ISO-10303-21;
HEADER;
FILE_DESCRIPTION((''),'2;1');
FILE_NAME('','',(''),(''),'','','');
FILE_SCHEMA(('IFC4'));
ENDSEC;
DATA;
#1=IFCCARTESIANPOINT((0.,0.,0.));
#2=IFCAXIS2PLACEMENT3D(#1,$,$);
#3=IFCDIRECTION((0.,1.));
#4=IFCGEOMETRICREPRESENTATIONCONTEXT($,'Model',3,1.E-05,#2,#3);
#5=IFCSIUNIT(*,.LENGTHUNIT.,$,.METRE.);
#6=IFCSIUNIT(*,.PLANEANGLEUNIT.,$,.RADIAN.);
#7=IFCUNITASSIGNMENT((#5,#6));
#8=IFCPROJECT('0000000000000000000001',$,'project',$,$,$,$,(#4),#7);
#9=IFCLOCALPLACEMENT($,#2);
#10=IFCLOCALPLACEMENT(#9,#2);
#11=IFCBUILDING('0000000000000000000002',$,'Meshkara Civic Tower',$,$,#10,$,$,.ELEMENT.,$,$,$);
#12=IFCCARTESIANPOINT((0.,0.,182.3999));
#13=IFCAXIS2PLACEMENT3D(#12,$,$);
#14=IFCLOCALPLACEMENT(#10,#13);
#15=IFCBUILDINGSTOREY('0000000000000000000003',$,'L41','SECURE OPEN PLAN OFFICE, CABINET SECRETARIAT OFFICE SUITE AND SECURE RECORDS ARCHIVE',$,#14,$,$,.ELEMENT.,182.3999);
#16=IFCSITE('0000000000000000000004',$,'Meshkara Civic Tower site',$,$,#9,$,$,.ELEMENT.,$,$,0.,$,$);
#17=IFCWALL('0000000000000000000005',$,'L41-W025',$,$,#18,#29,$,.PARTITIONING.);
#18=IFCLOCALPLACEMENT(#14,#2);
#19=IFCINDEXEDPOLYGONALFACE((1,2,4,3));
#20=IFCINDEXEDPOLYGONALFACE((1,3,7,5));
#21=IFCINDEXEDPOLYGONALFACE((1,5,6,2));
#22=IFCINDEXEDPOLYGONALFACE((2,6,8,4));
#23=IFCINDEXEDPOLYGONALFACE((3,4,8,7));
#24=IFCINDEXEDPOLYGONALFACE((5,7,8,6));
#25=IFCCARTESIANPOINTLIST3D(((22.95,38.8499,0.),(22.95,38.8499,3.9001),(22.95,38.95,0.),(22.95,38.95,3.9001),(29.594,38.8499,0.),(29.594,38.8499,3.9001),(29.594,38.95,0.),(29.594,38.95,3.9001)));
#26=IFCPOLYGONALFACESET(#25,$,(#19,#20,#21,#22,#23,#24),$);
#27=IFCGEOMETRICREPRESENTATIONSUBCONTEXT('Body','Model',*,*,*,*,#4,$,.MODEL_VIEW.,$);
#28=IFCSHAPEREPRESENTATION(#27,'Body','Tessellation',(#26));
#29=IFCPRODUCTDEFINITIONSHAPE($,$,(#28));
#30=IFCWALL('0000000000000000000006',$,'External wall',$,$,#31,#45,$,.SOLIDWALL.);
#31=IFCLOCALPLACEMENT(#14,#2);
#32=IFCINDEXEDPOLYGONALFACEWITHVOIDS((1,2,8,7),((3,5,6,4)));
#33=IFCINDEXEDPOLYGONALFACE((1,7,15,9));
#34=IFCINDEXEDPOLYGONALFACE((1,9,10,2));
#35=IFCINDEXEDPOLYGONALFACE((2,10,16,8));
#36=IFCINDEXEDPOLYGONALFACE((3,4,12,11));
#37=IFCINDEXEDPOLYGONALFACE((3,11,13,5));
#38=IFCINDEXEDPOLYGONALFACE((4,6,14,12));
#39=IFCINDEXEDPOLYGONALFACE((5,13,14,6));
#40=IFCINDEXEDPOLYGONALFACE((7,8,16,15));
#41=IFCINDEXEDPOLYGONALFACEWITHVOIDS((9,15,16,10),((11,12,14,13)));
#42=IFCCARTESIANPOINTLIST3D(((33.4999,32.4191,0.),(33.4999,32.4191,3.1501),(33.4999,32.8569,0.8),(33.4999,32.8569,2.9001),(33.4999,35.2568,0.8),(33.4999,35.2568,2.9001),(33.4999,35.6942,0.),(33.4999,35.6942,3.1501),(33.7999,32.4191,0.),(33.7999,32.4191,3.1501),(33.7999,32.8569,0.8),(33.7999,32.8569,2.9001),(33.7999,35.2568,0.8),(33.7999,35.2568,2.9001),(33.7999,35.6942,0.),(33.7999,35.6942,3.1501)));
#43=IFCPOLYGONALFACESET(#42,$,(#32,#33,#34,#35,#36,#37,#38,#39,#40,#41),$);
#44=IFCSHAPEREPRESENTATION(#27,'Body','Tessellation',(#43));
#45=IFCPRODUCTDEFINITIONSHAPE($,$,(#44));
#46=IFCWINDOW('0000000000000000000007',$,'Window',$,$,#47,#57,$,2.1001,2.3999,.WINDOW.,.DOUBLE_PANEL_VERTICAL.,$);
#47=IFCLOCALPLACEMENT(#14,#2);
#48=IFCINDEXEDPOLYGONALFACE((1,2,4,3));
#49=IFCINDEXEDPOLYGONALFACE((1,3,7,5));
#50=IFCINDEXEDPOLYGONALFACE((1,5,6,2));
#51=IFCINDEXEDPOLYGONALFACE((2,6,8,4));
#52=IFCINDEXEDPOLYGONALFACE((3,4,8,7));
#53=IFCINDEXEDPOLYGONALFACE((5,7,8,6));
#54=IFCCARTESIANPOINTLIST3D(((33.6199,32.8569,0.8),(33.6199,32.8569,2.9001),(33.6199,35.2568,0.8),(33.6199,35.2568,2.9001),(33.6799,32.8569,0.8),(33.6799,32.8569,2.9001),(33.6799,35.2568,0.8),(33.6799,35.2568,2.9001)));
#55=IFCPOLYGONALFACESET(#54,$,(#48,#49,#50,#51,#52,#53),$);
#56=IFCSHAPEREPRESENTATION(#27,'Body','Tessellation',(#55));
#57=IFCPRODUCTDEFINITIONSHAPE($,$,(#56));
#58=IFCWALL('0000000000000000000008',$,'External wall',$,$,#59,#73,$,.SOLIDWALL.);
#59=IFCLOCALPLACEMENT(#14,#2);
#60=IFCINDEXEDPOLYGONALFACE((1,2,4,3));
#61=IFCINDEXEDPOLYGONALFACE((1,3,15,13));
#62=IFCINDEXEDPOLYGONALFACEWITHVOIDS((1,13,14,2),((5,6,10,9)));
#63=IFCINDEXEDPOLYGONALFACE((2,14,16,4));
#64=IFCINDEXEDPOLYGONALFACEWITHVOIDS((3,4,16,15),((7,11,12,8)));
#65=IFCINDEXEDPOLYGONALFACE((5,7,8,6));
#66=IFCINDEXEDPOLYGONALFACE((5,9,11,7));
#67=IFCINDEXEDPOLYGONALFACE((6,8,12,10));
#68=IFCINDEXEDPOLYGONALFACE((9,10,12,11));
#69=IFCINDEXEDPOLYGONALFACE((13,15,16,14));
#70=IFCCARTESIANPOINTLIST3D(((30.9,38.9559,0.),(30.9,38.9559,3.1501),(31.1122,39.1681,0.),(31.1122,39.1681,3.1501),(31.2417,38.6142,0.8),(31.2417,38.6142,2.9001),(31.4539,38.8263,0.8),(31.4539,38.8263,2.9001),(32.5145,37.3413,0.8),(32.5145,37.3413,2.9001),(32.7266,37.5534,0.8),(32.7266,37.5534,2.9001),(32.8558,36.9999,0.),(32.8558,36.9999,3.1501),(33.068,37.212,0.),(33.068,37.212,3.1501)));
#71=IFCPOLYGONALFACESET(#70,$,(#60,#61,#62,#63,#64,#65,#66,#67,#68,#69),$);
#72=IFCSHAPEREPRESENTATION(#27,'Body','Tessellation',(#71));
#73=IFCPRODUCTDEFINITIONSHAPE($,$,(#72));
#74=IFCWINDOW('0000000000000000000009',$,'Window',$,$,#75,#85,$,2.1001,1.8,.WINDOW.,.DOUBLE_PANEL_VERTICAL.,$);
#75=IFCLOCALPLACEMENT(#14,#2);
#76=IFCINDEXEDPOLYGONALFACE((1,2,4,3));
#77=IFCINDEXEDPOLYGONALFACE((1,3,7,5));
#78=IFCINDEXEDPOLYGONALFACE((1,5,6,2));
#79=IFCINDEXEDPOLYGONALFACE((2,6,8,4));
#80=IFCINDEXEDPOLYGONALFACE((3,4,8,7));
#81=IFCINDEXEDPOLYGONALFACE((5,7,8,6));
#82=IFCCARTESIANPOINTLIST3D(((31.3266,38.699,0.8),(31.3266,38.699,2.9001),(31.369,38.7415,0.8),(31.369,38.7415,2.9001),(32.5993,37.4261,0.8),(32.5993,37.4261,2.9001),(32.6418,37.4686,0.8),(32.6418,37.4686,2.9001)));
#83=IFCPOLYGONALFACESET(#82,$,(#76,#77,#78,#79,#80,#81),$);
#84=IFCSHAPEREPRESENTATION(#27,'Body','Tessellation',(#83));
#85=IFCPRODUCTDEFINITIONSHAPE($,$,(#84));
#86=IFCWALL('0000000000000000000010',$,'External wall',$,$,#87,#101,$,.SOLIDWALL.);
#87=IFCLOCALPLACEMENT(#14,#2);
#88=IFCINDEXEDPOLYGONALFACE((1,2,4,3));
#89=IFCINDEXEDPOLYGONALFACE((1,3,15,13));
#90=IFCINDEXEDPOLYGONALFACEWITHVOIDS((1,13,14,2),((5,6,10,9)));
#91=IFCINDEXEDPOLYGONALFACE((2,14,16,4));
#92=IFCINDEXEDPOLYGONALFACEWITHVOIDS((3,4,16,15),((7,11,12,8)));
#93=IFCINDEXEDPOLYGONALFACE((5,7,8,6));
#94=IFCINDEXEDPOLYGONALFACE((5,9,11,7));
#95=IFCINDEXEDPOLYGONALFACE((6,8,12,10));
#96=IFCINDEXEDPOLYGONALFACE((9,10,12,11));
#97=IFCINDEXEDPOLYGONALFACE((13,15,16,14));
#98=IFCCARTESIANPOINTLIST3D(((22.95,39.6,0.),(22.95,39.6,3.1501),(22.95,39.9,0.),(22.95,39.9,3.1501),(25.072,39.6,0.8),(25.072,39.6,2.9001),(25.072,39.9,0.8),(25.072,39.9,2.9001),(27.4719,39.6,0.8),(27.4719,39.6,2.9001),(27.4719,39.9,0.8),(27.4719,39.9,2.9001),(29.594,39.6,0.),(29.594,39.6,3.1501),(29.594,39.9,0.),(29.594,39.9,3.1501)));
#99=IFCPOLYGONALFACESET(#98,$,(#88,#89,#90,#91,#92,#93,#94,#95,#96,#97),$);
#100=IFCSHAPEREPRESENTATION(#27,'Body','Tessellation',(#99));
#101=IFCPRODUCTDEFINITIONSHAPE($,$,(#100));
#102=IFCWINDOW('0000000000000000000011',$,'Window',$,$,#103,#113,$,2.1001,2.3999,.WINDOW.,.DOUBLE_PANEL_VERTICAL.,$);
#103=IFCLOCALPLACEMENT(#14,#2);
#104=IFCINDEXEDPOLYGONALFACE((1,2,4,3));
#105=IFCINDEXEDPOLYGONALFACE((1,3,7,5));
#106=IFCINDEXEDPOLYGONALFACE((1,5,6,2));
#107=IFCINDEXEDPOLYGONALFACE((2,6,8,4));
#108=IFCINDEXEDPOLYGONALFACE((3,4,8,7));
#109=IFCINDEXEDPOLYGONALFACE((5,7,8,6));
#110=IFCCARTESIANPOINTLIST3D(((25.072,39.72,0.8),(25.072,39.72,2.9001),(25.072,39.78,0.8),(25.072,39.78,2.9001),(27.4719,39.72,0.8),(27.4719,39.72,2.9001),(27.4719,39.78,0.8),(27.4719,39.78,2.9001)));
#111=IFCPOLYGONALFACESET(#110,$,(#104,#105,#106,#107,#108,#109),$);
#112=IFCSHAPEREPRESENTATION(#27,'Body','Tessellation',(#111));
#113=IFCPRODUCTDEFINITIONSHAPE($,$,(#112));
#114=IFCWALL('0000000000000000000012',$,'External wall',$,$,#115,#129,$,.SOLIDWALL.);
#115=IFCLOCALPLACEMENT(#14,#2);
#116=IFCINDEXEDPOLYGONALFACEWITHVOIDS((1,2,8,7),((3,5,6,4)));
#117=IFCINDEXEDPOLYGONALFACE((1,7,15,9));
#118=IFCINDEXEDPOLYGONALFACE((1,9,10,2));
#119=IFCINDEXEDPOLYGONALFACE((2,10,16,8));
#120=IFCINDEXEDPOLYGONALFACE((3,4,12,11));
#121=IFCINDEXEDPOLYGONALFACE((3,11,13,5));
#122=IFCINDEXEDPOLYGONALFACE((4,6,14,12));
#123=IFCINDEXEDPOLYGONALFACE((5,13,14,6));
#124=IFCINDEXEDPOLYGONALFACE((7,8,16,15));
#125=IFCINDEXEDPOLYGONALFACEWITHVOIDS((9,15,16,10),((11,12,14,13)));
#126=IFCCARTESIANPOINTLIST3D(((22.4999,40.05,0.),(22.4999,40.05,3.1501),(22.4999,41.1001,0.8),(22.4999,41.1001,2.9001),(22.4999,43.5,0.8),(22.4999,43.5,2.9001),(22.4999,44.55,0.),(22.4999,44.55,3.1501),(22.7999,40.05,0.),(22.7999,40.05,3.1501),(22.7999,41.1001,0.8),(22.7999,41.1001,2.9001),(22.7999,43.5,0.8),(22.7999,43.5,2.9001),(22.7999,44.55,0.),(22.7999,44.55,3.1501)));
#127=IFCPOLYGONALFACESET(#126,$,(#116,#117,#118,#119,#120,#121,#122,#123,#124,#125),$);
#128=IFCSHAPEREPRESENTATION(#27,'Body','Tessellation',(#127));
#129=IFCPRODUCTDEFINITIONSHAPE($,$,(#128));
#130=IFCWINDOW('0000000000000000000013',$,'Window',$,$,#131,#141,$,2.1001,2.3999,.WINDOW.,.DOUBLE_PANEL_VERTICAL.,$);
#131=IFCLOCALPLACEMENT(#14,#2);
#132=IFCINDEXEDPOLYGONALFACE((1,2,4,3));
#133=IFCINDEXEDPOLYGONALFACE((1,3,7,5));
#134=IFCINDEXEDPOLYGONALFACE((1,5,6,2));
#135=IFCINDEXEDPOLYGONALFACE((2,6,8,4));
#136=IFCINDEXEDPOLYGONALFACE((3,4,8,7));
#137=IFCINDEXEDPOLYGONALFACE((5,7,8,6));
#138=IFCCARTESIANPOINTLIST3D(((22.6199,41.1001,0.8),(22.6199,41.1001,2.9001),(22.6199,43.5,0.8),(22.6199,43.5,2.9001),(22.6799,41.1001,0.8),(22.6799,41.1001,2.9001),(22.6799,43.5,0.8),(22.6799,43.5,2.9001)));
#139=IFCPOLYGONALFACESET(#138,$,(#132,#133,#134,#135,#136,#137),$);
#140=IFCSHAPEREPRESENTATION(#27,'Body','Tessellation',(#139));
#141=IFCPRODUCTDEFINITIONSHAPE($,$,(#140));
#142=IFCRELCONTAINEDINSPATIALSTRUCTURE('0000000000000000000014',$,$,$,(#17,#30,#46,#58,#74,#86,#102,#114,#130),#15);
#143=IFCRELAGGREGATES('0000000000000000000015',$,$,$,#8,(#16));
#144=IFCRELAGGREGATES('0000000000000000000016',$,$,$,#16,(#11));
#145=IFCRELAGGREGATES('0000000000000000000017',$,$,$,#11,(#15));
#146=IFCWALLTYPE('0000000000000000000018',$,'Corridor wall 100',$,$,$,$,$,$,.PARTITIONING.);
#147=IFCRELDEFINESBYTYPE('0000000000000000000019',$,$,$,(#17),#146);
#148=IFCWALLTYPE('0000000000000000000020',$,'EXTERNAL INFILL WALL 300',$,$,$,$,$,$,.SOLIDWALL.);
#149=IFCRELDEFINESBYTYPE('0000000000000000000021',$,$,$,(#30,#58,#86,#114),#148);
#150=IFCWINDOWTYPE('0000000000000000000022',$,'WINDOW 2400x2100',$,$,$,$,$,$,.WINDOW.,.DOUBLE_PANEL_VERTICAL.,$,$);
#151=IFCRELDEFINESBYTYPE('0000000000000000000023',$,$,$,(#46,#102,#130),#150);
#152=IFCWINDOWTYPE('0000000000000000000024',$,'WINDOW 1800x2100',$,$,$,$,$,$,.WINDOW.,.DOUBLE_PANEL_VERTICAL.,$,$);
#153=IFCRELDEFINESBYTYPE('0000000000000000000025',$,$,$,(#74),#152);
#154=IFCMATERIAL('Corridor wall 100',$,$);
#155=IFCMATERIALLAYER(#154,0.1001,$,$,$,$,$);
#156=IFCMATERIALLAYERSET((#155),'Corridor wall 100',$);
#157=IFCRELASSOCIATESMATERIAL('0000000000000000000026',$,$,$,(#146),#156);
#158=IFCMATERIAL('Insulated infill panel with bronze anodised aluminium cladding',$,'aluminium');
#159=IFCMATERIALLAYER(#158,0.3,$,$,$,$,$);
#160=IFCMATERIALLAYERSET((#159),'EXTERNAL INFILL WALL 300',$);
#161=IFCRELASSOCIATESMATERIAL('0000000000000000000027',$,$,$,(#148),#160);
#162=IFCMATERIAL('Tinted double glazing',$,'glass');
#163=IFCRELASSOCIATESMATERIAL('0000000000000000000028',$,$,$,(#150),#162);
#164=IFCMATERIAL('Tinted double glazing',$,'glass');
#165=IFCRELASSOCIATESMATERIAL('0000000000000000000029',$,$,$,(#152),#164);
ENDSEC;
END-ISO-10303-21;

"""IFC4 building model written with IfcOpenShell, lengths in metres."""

from ifc_helpers import new_model, si_unit, direction, frame, frame_2d, origin, place, context, subcontext, project, spatial, rectangle, extrude, material, layer, layer_set, type_object, element, fill, save


model = new_model("IFC4")

# Units and contexts
model_context = context("Model", 3, precision=1e-05, world=origin(), true_north=direction((0.0, 1.0)))
body_context = subcontext(model_context, "Body", "Model", "MODEL_VIEW")
ifc_project = project(units=[si_unit("LENGTHUNIT", "METRE"), si_unit("PLANEANGLEUNIT", "RADIAN")], contexts=[model_context])

# Site, building, storey
site_placement = place(None, origin())
site = spatial("IfcSite", under=ifc_project, at=site_placement, Name="Meshkara Civic Tower site", CompositionType="ELEMENT", RefElevation=0.0)
building_placement = place(site_placement, origin())
building = spatial("IfcBuilding", under=site, at=building_placement, Name="Meshkara Civic Tower", CompositionType="ELEMENT")
storey_placement = place(building_placement, frame((0.0, 0.0, 182.3999)))
storey = spatial("IfcBuildingStorey", under=building, at=storey_placement, Name="L41", Description="SECURE OPEN PLAN OFFICE, CABINET SECRETARIAT OFFICE SUITE AND SECURE RECORDS ARCHIVE", CompositionType="ELEMENT", Elevation=182.3999)

# Wall
ifc_material_1 = material(Name="Corridor wall 100")
ifc_layer_1 = layer(ifc_material_1, 0.1001)
ifc_layer_set_1 = layer_set([ifc_layer_1], Name="Corridor wall 100")
wall_type_1 = type_object("IfcWallType", Name="Corridor wall 100", PredefinedType="PARTITIONING", material=ifc_layer_set_1)
wall_1_placement = place(storey_placement, frame((29.594, 38.8999, 0.0), z_axis=(0.0, 0.0, 1.0), x_axis=(-1.0, 0.0, 0.0)))
element("IfcWall", 1, at=wall_1_placement, inside=storey, type_object=wall_type_1, Name="L41-W025", PredefinedType="PARTITIONING", context=body_context, shape_type="SweptSolid", body=[
    extrude(rectangle(XDim=6.644, YDim=0.1001, at=frame_2d((3.322, 0.0))), origin(), (0.0, 0.0, 1.0), 3.9001),
])

# Walls, openings, windows
ifc_material_2 = material(Name="Insulated infill panel with bronze anodised aluminium cladding", Category="aluminium")
ifc_layer_2 = layer(ifc_material_2, 0.3)
ifc_layer_set_2 = layer_set([ifc_layer_2], Name="EXTERNAL INFILL WALL 300")
wall_type_2 = type_object("IfcWallType", Name="EXTERNAL INFILL WALL 300", PredefinedType="SOLIDWALL", material=ifc_layer_set_2)
wall_2_placement = place(storey_placement, frame((33.6499, 32.4189, 0.0), z_axis=(0.0, 0.0, 1.0), x_axis=(0.0, 1.0, 0.0)))
wall_2 = element("IfcWall", 2, at=wall_2_placement, inside=storey, type_object=wall_type_2, Name="External wall", PredefinedType="SOLIDWALL", context=body_context, shape_type="SweptSolid", body=[
    extrude(rectangle(XDim=3.2751, YDim=0.3, at=frame_2d((1.6377, 0.0))), origin(), (0.0, 0.0, 1.0), 3.1501),
])
opening_1_placement = place(wall_2_placement, frame((0.438, 0.0, 0.8)))
opening_1 = element("IfcOpeningElement", 3, at=opening_1_placement, cuts=wall_2, PredefinedType="OPENING", context=body_context, shape_type="SweptSolid", body=[
    extrude(rectangle(XDim=2.3999, YDim=2.1001, at=frame_2d((1.2, 1.05))), frame((0.0, 0.1599, 0.0), z_axis=(0.0, -1.0, 0.0), x_axis=(1.0, 0.0, 0.0)), (0.0, 0.0, 1.0), 0.3201),
])
ifc_material_3 = material(Name="Tinted double glazing", Category="glass")
window_type_1 = type_object("IfcWindowType", Name="WINDOW 2400x2100", PartitioningType="DOUBLE_PANEL_VERTICAL", PredefinedType="WINDOW", material=ifc_material_3)
window_1_placement = place(opening_1_placement, origin())
window_1 = element("IfcWindow", 4, at=window_1_placement, inside=storey, type_object=window_type_1, Name="Window", OverallHeight=2.1001, OverallWidth=2.3999, PartitioningType="DOUBLE_PANEL_VERTICAL", PredefinedType="WINDOW", context=body_context, shape_type="SweptSolid", body=[
    extrude(rectangle(XDim=2.3999, YDim=2.1001, at=frame_2d((1.2, 1.05))), frame((0.0, 0.03, 0.0), z_axis=(0.0, -1.0, 0.0), x_axis=(1.0, 0.0, 0.0)), (0.0, 0.0, 1.0), 0.0601),
])
fill(opening_1, window_1)
wall_3_placement = place(storey_placement, frame((32.9619, 37.106, 0.0), z_axis=(0.0, 0.0, 1.0), x_axis=(-0.707063, 0.707151, 0.0)))
wall_3 = element("IfcWall", 5, at=wall_3_placement, inside=storey, type_object=wall_type_2, Name="External wall", PredefinedType="SOLIDWALL", context=body_context, shape_type="SweptSolid", body=[
    extrude(rectangle(XDim=2.7661, YDim=0.3, at=frame_2d((1.3831, 0.0))), origin(), (0.0, 0.0, 1.0), 3.1501),
])
opening_2_placement = place(wall_3_placement, frame((0.4829, 0.0, 0.8)))
opening_2 = element("IfcOpeningElement", 6, at=opening_2_placement, cuts=wall_3, PredefinedType="OPENING", context=body_context, shape_type="SweptSolid", body=[
    extrude(rectangle(XDim=1.8, YDim=2.1001, at=frame_2d((0.8999, 1.05))), frame((0.0, 0.1599, 0.0), z_axis=(0.0, -1.0, 0.0), x_axis=(1.0, 0.0, 0.0)), (0.0, 0.0, 1.0), 0.3201),
])
ifc_material_4 = material(Name="Tinted double glazing", Category="glass")
window_type_2 = type_object("IfcWindowType", Name="WINDOW 1800x2100", PartitioningType="DOUBLE_PANEL_VERTICAL", PredefinedType="WINDOW", material=ifc_material_4)
window_2_placement = place(opening_2_placement, origin())
window_2 = element("IfcWindow", 7, at=window_2_placement, inside=storey, type_object=window_type_2, Name="Window", OverallHeight=2.1001, OverallWidth=1.8, PartitioningType="DOUBLE_PANEL_VERTICAL", PredefinedType="WINDOW", context=body_context, shape_type="SweptSolid", body=[
    extrude(rectangle(XDim=1.8, YDim=2.1001, at=frame_2d((0.8999, 1.05))), frame((0.0, 0.03, 0.0), z_axis=(0.0, -1.0, 0.0), x_axis=(1.0, 0.0, 0.0)), (0.0, 0.0, 1.0), 0.0601),
])
fill(opening_2, window_2)
wall_4_placement = place(storey_placement, frame((29.594, 39.75, 0.0), z_axis=(0.0, 0.0, 1.0), x_axis=(-1.0, 0.0, 0.0)))
wall_4 = element("IfcWall", 8, at=wall_4_placement, inside=storey, type_object=wall_type_2, Name="External wall", PredefinedType="SOLIDWALL", context=body_context, shape_type="SweptSolid", body=[
    extrude(rectangle(XDim=6.644, YDim=0.3, at=frame_2d((3.322, 0.0))), origin(), (0.0, 0.0, 1.0), 3.1501),
])
opening_3_placement = place(wall_4_placement, frame((2.1221, 0.0, 0.8)))
opening_3 = element("IfcOpeningElement", 9, at=opening_3_placement, cuts=wall_4, PredefinedType="OPENING", context=body_context, shape_type="SweptSolid", body=[
    extrude(rectangle(XDim=2.3999, YDim=2.1001, at=frame_2d((1.2, 1.05))), frame((0.0, 0.1599, 0.0), z_axis=(0.0, -1.0, 0.0), x_axis=(1.0, 0.0, 0.0)), (0.0, 0.0, 1.0), 0.3201),
])
window_3_placement = place(opening_3_placement, origin())
window_3 = element("IfcWindow", 10, at=window_3_placement, inside=storey, type_object=window_type_1, Name="Window", OverallHeight=2.1001, OverallWidth=2.3999, PartitioningType="DOUBLE_PANEL_VERTICAL", PredefinedType="WINDOW", context=body_context, shape_type="SweptSolid", body=[
    extrude(rectangle(XDim=2.3999, YDim=2.1001, at=frame_2d((1.2, 1.05))), frame((0.0, 0.03, 0.0), z_axis=(0.0, -1.0, 0.0), x_axis=(1.0, 0.0, 0.0)), (0.0, 0.0, 1.0), 0.0601),
])
fill(opening_3, window_3)
wall_5_placement = place(storey_placement, frame((22.6499, 40.05, 0.0), z_axis=(0.0, 0.0, 1.0), x_axis=(0.0, 1.0, 0.0)))
wall_5 = element("IfcWall", 11, at=wall_5_placement, inside=storey, type_object=wall_type_2, Name="External wall", PredefinedType="SOLIDWALL", context=body_context, shape_type="SweptSolid", body=[
    extrude(rectangle(XDim=4.5, YDim=0.3, at=frame_2d((2.25, 0.0))), origin(), (0.0, 0.0, 1.0), 3.1501),
])
opening_4_placement = place(wall_5_placement, frame((1.05, 0.0, 0.8)))
opening_4 = element("IfcOpeningElement", 12, at=opening_4_placement, cuts=wall_5, PredefinedType="OPENING", context=body_context, shape_type="SweptSolid", body=[
    extrude(rectangle(XDim=2.3999, YDim=2.1001, at=frame_2d((1.2, 1.05))), frame((0.0, 0.1599, 0.0), z_axis=(0.0, -1.0, 0.0), x_axis=(1.0, 0.0, 0.0)), (0.0, 0.0, 1.0), 0.3201),
])
window_4_placement = place(opening_4_placement, origin())
window_4 = element("IfcWindow", 13, at=window_4_placement, inside=storey, type_object=window_type_1, Name="Window", OverallHeight=2.1001, OverallWidth=2.3999, PartitioningType="DOUBLE_PANEL_VERTICAL", PredefinedType="WINDOW", context=body_context, shape_type="SweptSolid", body=[
    extrude(rectangle(XDim=2.3999, YDim=2.1001, at=frame_2d((1.2, 1.05))), frame((0.0, 0.03, 0.0), z_axis=(0.0, -1.0, 0.0), x_axis=(1.0, 0.0, 0.0)), (0.0, 0.0, 1.0), 0.0601),
])
fill(opening_4, window_4)

save(model, "model.ifc")
